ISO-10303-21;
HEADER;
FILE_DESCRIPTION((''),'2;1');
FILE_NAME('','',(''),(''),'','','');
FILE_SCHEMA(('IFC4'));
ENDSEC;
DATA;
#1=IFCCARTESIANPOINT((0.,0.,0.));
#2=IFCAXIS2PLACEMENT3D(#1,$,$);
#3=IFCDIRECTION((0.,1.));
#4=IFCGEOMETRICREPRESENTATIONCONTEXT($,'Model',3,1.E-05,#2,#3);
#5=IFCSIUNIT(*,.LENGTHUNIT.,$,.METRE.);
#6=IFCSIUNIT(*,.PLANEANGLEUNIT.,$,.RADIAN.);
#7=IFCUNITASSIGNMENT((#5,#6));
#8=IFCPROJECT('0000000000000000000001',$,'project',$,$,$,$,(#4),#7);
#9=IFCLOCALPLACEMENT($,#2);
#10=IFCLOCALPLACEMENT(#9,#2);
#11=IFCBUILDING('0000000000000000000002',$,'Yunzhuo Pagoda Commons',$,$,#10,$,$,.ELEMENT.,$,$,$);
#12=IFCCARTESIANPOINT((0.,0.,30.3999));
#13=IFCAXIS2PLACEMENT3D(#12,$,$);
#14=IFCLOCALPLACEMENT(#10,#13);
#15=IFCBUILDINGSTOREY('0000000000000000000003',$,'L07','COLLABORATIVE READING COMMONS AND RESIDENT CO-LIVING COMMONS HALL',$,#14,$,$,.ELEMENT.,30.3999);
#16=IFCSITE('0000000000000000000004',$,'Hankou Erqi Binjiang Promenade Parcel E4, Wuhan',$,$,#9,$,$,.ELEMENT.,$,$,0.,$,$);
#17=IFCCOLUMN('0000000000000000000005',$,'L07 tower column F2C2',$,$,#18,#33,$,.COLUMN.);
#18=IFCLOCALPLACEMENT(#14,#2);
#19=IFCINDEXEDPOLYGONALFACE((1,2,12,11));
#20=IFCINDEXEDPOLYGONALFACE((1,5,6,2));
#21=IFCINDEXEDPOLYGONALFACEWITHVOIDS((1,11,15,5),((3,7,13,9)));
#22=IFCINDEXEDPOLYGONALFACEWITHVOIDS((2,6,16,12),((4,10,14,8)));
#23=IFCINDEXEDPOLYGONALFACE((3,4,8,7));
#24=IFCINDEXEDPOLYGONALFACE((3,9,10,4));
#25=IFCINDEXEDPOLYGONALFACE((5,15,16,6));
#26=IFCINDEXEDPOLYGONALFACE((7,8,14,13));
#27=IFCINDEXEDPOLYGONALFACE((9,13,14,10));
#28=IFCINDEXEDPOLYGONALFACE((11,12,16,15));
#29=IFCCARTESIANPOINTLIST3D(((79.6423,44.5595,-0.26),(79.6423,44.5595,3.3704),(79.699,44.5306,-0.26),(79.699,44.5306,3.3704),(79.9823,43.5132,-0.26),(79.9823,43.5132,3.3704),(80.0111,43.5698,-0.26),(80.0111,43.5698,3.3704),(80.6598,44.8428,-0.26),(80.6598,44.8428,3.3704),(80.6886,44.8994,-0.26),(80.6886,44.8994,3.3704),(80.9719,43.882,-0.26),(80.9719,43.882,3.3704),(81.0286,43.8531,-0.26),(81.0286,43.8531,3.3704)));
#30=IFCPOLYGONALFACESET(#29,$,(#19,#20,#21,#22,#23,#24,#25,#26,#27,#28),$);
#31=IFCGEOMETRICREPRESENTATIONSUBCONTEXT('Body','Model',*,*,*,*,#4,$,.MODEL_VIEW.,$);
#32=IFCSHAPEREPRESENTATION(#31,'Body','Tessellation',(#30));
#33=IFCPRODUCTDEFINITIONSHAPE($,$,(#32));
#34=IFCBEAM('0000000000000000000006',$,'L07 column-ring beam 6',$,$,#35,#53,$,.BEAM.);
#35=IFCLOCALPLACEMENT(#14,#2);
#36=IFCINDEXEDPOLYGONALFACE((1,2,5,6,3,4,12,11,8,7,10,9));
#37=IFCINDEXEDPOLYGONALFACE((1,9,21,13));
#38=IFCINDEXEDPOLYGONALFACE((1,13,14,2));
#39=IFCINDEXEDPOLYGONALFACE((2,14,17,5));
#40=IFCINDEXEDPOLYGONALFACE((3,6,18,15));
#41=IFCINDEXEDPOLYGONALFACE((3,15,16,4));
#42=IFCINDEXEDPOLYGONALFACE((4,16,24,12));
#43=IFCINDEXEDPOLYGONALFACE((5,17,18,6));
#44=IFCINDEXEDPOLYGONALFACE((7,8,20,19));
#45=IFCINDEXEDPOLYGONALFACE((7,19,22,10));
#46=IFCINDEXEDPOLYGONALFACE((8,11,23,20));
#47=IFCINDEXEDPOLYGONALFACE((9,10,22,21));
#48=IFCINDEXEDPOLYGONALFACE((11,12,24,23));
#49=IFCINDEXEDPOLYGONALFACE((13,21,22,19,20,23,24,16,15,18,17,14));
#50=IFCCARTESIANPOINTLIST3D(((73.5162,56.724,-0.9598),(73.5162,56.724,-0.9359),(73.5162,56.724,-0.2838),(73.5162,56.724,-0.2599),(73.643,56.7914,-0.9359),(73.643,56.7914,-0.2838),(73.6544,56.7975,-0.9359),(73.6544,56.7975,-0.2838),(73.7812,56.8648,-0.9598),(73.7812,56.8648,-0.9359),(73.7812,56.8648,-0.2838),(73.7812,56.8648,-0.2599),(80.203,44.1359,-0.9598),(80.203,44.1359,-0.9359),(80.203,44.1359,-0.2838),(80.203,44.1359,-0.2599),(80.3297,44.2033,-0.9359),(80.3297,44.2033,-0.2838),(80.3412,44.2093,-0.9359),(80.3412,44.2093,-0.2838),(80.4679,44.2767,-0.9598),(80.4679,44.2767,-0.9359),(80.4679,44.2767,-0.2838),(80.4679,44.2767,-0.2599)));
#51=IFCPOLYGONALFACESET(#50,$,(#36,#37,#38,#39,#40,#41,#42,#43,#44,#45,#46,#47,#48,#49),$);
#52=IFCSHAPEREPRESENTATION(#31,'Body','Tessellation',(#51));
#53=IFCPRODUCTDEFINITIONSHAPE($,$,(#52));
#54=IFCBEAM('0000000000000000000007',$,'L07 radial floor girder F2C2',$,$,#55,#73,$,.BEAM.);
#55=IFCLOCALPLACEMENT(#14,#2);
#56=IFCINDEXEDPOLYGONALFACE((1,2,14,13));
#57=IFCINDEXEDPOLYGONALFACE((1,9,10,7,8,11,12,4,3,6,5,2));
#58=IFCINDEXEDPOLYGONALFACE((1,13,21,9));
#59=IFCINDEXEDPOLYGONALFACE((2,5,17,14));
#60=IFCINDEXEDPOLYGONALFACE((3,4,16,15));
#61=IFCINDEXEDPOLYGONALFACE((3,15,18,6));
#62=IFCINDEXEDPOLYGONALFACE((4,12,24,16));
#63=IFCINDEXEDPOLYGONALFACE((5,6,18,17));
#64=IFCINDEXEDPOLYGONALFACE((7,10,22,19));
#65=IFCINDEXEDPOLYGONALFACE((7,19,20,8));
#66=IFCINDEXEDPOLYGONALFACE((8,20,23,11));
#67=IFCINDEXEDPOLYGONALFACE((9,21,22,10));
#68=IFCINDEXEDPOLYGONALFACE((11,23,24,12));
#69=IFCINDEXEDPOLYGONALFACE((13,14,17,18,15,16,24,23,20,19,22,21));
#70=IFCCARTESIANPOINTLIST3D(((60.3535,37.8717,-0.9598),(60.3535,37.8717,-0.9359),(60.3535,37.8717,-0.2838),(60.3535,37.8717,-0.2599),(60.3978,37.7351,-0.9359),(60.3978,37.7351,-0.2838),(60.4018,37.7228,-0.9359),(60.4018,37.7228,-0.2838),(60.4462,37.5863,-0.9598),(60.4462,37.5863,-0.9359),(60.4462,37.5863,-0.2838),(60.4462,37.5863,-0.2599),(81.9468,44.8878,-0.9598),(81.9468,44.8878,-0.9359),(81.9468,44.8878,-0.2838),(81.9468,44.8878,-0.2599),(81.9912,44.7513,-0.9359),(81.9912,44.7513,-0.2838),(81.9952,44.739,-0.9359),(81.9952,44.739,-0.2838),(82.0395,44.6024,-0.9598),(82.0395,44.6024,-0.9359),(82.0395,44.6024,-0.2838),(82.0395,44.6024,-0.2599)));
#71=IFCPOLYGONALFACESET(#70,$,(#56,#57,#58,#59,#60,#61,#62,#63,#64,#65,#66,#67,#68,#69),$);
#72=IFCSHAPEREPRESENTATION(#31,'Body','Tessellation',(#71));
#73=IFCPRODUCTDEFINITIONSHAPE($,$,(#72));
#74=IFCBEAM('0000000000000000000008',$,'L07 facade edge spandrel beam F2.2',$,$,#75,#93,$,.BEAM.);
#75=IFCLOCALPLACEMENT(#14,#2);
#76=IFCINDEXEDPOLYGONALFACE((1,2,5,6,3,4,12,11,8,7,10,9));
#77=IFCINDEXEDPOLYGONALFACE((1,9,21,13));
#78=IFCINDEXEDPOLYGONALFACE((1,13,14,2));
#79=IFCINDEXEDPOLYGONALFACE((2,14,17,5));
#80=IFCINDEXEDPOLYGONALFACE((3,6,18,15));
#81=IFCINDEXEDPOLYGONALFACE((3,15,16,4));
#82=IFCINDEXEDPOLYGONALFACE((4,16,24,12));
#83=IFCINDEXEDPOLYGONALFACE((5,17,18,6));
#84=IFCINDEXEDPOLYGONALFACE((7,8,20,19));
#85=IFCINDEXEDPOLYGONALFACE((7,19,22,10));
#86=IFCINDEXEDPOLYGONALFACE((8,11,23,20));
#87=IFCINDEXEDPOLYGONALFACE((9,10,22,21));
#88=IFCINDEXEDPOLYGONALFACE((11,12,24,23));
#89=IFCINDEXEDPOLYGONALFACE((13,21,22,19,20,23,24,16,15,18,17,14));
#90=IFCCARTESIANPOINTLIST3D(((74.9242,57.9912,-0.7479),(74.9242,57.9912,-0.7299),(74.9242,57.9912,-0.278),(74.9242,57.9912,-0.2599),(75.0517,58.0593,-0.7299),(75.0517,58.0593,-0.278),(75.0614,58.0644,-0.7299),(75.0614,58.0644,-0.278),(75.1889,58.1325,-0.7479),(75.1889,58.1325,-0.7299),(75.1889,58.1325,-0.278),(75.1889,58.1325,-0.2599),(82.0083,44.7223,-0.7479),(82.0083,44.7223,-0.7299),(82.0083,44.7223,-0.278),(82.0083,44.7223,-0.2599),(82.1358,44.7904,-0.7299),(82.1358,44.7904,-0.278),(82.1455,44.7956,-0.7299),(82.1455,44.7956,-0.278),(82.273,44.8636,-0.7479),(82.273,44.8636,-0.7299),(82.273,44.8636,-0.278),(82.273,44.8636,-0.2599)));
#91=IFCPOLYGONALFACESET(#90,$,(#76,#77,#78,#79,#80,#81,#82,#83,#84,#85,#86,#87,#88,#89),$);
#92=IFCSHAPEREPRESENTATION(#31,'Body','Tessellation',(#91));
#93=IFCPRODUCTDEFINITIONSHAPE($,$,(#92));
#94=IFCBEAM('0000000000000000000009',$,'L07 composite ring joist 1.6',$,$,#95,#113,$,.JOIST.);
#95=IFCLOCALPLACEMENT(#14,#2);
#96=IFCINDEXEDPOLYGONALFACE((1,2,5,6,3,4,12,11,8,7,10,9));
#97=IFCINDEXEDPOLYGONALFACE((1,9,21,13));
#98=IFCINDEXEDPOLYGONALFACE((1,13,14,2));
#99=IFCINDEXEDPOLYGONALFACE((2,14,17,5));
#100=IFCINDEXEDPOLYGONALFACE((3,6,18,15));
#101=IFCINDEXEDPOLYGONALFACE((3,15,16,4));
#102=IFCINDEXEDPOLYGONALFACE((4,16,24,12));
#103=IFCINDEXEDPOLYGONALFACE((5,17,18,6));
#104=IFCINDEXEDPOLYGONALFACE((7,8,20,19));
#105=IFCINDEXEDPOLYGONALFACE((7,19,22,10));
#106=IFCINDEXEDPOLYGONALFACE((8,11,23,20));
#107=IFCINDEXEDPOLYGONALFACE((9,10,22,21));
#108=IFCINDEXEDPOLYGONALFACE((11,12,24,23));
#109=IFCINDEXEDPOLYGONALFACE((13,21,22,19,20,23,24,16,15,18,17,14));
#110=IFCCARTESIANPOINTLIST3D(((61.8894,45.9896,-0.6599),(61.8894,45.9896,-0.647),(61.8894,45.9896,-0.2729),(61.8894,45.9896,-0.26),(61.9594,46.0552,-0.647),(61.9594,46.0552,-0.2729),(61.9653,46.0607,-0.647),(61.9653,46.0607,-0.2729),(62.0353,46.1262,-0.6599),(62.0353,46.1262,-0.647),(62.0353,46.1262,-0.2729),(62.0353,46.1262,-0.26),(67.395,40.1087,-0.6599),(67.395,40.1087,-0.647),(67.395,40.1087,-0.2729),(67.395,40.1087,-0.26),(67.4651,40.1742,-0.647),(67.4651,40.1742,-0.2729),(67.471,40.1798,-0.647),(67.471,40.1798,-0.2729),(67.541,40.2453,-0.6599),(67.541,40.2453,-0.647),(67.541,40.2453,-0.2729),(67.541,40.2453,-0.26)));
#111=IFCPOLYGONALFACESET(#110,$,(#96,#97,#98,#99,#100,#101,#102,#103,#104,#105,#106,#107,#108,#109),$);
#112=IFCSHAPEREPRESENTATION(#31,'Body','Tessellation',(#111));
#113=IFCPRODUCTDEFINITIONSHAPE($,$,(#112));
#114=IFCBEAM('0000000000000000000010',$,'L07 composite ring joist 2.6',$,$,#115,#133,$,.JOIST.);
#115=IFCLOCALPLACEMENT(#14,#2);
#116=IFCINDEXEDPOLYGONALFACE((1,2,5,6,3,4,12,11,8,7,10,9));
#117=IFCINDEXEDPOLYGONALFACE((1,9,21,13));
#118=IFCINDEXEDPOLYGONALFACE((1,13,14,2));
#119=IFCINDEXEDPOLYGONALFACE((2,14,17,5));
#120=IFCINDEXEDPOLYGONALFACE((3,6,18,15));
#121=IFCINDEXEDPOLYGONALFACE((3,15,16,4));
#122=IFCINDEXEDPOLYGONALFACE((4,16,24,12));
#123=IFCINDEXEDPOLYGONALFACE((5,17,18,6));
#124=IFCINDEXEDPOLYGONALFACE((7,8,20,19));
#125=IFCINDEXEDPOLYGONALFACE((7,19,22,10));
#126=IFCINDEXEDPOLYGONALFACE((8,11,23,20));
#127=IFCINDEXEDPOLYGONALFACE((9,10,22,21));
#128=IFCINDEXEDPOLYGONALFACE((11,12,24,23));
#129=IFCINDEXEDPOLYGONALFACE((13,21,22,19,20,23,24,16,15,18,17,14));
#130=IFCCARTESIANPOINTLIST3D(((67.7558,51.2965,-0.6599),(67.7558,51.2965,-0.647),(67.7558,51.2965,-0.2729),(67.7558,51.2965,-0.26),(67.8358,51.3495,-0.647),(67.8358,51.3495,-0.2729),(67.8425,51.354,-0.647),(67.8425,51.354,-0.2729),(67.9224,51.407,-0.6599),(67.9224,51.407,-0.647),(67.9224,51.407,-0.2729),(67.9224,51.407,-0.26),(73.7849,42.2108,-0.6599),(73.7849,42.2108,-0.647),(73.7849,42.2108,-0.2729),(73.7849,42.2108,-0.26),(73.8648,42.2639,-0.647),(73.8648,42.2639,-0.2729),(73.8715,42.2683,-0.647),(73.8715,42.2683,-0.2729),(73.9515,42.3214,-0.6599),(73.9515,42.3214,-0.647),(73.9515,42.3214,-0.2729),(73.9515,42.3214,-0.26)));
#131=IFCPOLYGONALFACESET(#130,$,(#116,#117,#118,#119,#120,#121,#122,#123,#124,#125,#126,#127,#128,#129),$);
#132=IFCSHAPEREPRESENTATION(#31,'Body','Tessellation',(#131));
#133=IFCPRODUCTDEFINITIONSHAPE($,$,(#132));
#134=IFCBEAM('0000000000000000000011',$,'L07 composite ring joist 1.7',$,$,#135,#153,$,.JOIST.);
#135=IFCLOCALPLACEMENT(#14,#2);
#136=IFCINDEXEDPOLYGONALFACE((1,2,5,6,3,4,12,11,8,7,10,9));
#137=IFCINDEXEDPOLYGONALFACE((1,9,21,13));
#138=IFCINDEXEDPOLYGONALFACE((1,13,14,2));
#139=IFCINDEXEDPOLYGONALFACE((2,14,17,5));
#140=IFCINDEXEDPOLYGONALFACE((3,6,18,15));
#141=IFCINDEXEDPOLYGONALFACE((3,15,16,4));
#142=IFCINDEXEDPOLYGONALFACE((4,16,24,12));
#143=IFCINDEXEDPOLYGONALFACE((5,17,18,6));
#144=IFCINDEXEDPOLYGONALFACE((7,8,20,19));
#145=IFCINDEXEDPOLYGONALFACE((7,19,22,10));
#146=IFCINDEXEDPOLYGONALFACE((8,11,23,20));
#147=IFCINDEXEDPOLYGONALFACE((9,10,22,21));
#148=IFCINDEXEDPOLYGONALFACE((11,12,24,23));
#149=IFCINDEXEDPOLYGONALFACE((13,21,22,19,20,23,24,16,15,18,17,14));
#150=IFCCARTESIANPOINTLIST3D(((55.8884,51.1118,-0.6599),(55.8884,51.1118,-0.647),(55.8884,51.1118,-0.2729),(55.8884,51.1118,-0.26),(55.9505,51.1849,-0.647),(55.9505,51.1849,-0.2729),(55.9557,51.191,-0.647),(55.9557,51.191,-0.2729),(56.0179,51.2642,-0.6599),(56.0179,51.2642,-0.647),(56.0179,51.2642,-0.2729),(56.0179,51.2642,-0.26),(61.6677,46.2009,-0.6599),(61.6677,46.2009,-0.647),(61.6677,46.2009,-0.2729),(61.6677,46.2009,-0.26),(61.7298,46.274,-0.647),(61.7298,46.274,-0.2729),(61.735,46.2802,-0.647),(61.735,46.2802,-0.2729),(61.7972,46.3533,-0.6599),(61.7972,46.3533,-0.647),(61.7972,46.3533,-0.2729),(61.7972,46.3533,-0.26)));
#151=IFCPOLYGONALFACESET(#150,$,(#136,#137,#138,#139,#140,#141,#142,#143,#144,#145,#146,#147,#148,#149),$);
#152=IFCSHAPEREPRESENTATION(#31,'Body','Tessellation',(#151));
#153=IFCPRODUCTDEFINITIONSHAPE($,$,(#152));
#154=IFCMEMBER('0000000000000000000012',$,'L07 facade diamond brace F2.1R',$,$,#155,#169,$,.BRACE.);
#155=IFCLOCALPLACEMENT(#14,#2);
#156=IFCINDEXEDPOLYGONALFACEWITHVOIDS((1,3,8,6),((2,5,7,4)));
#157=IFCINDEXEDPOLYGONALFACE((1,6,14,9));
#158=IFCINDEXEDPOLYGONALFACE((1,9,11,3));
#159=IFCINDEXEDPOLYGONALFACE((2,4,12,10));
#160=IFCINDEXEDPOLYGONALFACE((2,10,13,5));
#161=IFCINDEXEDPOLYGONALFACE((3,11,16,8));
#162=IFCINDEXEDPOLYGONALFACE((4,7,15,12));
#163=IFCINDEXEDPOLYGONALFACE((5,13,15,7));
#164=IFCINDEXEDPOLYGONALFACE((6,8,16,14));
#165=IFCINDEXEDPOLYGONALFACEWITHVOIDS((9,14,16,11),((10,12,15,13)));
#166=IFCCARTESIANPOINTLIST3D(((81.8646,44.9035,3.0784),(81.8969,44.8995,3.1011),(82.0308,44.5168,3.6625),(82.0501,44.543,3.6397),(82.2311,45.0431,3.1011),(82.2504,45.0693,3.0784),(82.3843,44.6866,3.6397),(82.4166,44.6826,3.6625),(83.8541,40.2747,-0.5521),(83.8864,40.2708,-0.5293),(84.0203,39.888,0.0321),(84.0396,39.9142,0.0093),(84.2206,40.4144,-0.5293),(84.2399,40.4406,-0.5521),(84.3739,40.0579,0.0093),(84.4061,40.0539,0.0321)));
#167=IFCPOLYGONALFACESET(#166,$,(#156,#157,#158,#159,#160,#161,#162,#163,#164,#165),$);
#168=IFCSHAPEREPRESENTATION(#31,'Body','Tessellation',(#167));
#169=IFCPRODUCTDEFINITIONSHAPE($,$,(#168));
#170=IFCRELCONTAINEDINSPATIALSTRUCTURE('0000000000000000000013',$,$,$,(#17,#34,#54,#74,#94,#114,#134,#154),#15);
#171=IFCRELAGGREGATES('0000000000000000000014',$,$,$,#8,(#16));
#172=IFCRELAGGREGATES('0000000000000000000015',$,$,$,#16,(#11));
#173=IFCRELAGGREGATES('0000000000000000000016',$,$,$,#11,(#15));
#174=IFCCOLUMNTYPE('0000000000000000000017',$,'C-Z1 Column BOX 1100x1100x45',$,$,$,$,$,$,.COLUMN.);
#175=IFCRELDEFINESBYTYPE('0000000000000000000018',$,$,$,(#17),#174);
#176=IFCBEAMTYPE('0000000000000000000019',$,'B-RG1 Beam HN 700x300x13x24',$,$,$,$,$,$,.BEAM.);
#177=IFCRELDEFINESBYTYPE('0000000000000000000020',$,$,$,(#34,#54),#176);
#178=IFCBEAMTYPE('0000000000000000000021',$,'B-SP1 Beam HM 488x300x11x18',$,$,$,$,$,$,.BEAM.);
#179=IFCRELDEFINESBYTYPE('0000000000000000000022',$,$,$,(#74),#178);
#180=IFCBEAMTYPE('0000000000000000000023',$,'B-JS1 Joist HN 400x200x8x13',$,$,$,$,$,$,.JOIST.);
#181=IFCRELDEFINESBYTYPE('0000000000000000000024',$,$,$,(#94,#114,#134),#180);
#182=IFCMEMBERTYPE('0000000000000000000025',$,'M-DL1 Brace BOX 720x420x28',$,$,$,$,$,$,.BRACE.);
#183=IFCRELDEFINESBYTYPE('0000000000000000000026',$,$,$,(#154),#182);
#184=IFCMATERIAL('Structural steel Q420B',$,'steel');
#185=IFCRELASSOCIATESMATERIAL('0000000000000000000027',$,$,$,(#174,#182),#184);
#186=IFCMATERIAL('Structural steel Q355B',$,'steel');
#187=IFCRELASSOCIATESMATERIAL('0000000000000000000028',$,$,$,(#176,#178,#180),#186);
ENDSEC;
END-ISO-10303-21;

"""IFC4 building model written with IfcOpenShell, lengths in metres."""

from ifc_helpers import new_model, si_unit, direction, frame, origin, origin_2d, place, context, subcontext, project, spatial, hollow_rectangle, i_section, extrude, source, transform, mapped, material, material_profile, profile_set, type_object, element, save


model = new_model("IFC4")

# Units and contexts
model_context = context("Model", 3, precision=1e-05, world=origin(), true_north=direction((0.0, 1.0)))
body_context = subcontext(model_context, "Body", "Model", "MODEL_VIEW")
ifc_project = project(units=[si_unit("LENGTHUNIT", "METRE"), si_unit("PLANEANGLEUNIT", "RADIAN")], contexts=[model_context])

# Site, building, storey
site_placement = place(None, origin())
site = spatial("IfcSite", under=ifc_project, at=site_placement, Name="Hankou Erqi Binjiang Promenade Parcel E4, Wuhan", CompositionType="ELEMENT", RefElevation=0.0)
building_placement = place(site_placement, origin())
building = spatial("IfcBuilding", under=site, at=building_placement, Name="Yunzhuo Pagoda Commons", CompositionType="ELEMENT")
storey_placement = place(building_placement, frame((0.0, 0.0, 30.3999)))
storey = spatial("IfcBuildingStorey", under=building, at=storey_placement, Name="L07", Description="COLLABORATIVE READING COMMONS AND RESIDENT CO-LIVING COMMONS HALL", CompositionType="ELEMENT", Elevation=30.3999)

# Column
ifc_material_1 = material(Name="Structural steel Q420B", Category="steel")
ifc_material_profile_1 = material_profile(ifc_material_1, hollow_rectangle(XDim=1.1001, YDim=1.1001, WallThickness=0.0449, at=origin_2d()), Name="Structural steel Q420B")
ifc_profile_set_1 = profile_set([ifc_material_profile_1], Name="Structural steel Q420B")
column_type = type_object("IfcColumnType", Name="C-Z1 Column BOX 1100x1100x45", PredefinedType="COLUMN", material=ifc_profile_set_1)
shared_shape_1 = source(origin(), body_context, "Body", "SweptSolid", [
    extrude(hollow_rectangle(XDim=1.1001, YDim=1.1001, WallThickness=0.0449, at=origin_2d()), origin(), (0.0, 0.0, 1.0), 3.6304),
])
column_placement = place(storey_placement, frame((80.3354, 44.2063, -0.26), z_axis=(0.0, 0.0, 1.0), x_axis=(-0.309017, 0.951057, 0.0)))
element("IfcColumn", 1, at=column_placement, inside=storey, type_object=column_type, Name="L07 tower column F2C2", PredefinedType="COLUMN", context=body_context, shape_type="MappedRepresentation", body=[
    mapped(shared_shape_1, transform((0.0, 0.0, 0.0), scale=1.0)),
])

# Beams
ifc_material_2 = material(Name="Structural steel Q355B", Category="steel")
ifc_material_profile_2 = material_profile(ifc_material_2, i_section(OverallWidth=0.3, OverallDepth=0.7, WebThickness=0.0129, FlangeThickness=0.0239, at=origin_2d()), Name="Structural steel Q355B")
ifc_profile_set_2 = profile_set([ifc_material_profile_2], Name="Structural steel Q355B")
beam_type_1 = type_object("IfcBeamType", Name="B-RG1 Beam HN 700x300x13x24", PredefinedType="BEAM", material=ifc_profile_set_2)
shared_shape_2 = source(origin(), body_context, "Body", "SweptSolid", [
    extrude(i_section(OverallWidth=0.3, OverallDepth=0.7, WebThickness=0.0129, FlangeThickness=0.0239, at=origin_2d()), origin(), (0.0, 0.0, 1.0), 14.2539),
])
beam_1_placement = place(storey_placement, frame((80.3354, 44.2063, -0.6099), z_axis=(-0.469118, 0.883135, 0.0), x_axis=(-0.883135, -0.469118, 0.0)))
element("IfcBeam", 2, at=beam_1_placement, inside=storey, type_object=beam_type_1, Name="L07 column-ring beam 6", PredefinedType="BEAM", context=body_context, shape_type="MappedRepresentation", body=[
    mapped(shared_shape_2, transform((0.0, 0.0, 0.0), scale=1.0)),
])
shared_shape_3 = source(origin(), body_context, "Body", "SweptSolid", [
    extrude(i_section(OverallWidth=0.3, OverallDepth=0.7, WebThickness=0.0129, FlangeThickness=0.0239, at=origin_2d()), origin(), (0.0, 0.0, 1.0), 22.7046),
])
beam_2_placement = place(storey_placement, frame((81.9932, 44.7451, -0.6099), z_axis=(-0.951056, -0.309018, 0.0), x_axis=(0.309018, -0.951056, 0.0)))
element("IfcBeam", 3, at=beam_2_placement, inside=storey, type_object=beam_type_1, Name="L07 radial floor girder F2C2", PredefinedType="BEAM", context=body_context, shape_type="MappedRepresentation", body=[
    mapped(shared_shape_3, transform((0.0, 0.0, 0.0), scale=1.0)),
])
ifc_material_profile_3 = material_profile(ifc_material_2, i_section(OverallWidth=0.3, OverallDepth=0.488, WebThickness=0.011, FlangeThickness=0.0181, at=origin_2d()), Name="Structural steel Q355B")
ifc_profile_set_3 = profile_set([ifc_material_profile_3], Name="Structural steel Q355B")
beam_type_2 = type_object("IfcBeamType", Name="B-SP1 Beam HM 488x300x11x18", PredefinedType="BEAM", material=ifc_profile_set_3)
shared_shape_4 = source(origin(), body_context, "Body", "SweptSolid", [
    extrude(i_section(OverallWidth=0.3, OverallDepth=0.488, WebThickness=0.011, FlangeThickness=0.0181, at=origin_2d()), origin(), (0.0, 0.0, 1.0), 15.0415),
])
beam_3_placement = place(storey_placement, frame((82.1406, 44.793, -0.5039), z_axis=(-0.470966, 0.882152, 0.0), x_axis=(-0.882152, -0.470966, 0.0)))
element("IfcBeam", 4, at=beam_3_placement, inside=storey, type_object=beam_type_2, Name="L07 facade edge spandrel beam F2.2", PredefinedType="BEAM", context=body_context, shape_type="MappedRepresentation", body=[
    mapped(shared_shape_4, transform((0.0, 0.0, 0.0), scale=1.0)),
])
ifc_material_profile_4 = material_profile(ifc_material_2, i_section(OverallWidth=0.2, OverallDepth=0.3999, WebThickness=0.0081, FlangeThickness=0.0129, at=origin_2d()), Name="Structural steel Q355B")
ifc_profile_set_4 = profile_set([ifc_material_profile_4], Name="Structural steel Q355B")
beam_type_3 = type_object("IfcBeamType", Name="B-JS1 Joist HN 400x200x8x13", PredefinedType="JOIST", material=ifc_profile_set_4)
shared_shape_5 = source(origin(), body_context, "Body", "SweptSolid", [
    extrude(i_section(OverallWidth=0.2, OverallDepth=0.3999, WebThickness=0.0081, FlangeThickness=0.0129, at=origin_2d()), origin(), (0.0, 0.0, 1.0), 8.0559),
])
beam_4_placement = place(storey_placement, frame((67.468, 40.177, -0.46), z_axis=(-0.683433, 0.730013, 0.0), x_axis=(-0.730013, -0.683433, 0.0)))
element("IfcBeam", 5, at=beam_4_placement, inside=storey, type_object=beam_type_3, Name="L07 composite ring joist 1.6", PredefinedType="JOIST", context=body_context, shape_type="MappedRepresentation", body=[
    mapped(shared_shape_5, transform((0.0, 0.0, 0.0), scale=1.0)),
])
shared_shape_6 = source(origin(), body_context, "Body", "SweptSolid", [
    extrude(i_section(OverallWidth=0.2, OverallDepth=0.3999, WebThickness=0.0081, FlangeThickness=0.0129, at=origin_2d()), origin(), (0.0, 0.0, 1.0), 10.9041),
])
beam_5_placement = place(storey_placement, frame((73.8682, 42.2661, -0.46), z_axis=(-0.552916, 0.833237, 0.0), x_axis=(-0.833237, -0.552916, 0.0)))
element("IfcBeam", 6, at=beam_5_placement, inside=storey, type_object=beam_type_3, Name="L07 composite ring joist 2.6", PredefinedType="JOIST", context=body_context, shape_type="MappedRepresentation", body=[
    mapped(shared_shape_6, transform((0.0, 0.0, 0.0), scale=1.0)),
])
shared_shape_7 = source(origin(), body_context, "Body", "SweptSolid", [
    extrude(i_section(OverallWidth=0.2, OverallDepth=0.3999, WebThickness=0.0081, FlangeThickness=0.0129, at=origin_2d()), origin(), (0.0, 0.0, 1.0), 7.584),
])
beam_6_placement = place(storey_placement, frame((61.7324, 46.2771, -0.46), z_axis=(-0.762038, 0.647533, 0.0), x_axis=(-0.647533, -0.762038, 0.0)))
element("IfcBeam", 7, at=beam_6_placement, inside=storey, type_object=beam_type_3, Name="L07 composite ring joist 1.7", PredefinedType="JOIST", context=body_context, shape_type="MappedRepresentation", body=[
    mapped(shared_shape_7, transform((0.0, 0.0, 0.0), scale=1.0)),
])

# Member
ifc_material_profile_5 = material_profile(ifc_material_1, hollow_rectangle(XDim=0.4199, YDim=0.72, WallThickness=0.0281, at=origin_2d()), Name="Structural steel Q420B")
ifc_profile_set_5 = profile_set([ifc_material_profile_5], Name="Structural steel Q420B")
member_type_1 = type_object("IfcMemberType", Name="M-DL1 Brace BOX 720x420x28", PredefinedType="BRACE", material=ifc_profile_set_5)
shared_shape_8 = source(origin(), body_context, "Body", "SweptSolid", [
    extrude(hollow_rectangle(XDim=0.4199, YDim=0.72, WallThickness=0.0281, at=origin_2d()), origin(), (0.0, 0.0, 1.0), 6.21),
])
member_1_placement = place(storey_placement, frame((84.1301, 40.1643, -0.26), z_axis=(-0.320378, 0.745374, 0.584615), x_axis=(-0.918728, -0.39489, 0.0)))
element("IfcMember", 8, at=member_1_placement, inside=storey, type_object=member_type_1, Name="L07 facade diamond brace F2.1R", PredefinedType="BRACE", context=body_context, shape_type="MappedRepresentation", body=[
    mapped(shared_shape_8, transform((0.0, 0.0, 0.0), scale=1.0)),
])

save(model, "model.ifc")
